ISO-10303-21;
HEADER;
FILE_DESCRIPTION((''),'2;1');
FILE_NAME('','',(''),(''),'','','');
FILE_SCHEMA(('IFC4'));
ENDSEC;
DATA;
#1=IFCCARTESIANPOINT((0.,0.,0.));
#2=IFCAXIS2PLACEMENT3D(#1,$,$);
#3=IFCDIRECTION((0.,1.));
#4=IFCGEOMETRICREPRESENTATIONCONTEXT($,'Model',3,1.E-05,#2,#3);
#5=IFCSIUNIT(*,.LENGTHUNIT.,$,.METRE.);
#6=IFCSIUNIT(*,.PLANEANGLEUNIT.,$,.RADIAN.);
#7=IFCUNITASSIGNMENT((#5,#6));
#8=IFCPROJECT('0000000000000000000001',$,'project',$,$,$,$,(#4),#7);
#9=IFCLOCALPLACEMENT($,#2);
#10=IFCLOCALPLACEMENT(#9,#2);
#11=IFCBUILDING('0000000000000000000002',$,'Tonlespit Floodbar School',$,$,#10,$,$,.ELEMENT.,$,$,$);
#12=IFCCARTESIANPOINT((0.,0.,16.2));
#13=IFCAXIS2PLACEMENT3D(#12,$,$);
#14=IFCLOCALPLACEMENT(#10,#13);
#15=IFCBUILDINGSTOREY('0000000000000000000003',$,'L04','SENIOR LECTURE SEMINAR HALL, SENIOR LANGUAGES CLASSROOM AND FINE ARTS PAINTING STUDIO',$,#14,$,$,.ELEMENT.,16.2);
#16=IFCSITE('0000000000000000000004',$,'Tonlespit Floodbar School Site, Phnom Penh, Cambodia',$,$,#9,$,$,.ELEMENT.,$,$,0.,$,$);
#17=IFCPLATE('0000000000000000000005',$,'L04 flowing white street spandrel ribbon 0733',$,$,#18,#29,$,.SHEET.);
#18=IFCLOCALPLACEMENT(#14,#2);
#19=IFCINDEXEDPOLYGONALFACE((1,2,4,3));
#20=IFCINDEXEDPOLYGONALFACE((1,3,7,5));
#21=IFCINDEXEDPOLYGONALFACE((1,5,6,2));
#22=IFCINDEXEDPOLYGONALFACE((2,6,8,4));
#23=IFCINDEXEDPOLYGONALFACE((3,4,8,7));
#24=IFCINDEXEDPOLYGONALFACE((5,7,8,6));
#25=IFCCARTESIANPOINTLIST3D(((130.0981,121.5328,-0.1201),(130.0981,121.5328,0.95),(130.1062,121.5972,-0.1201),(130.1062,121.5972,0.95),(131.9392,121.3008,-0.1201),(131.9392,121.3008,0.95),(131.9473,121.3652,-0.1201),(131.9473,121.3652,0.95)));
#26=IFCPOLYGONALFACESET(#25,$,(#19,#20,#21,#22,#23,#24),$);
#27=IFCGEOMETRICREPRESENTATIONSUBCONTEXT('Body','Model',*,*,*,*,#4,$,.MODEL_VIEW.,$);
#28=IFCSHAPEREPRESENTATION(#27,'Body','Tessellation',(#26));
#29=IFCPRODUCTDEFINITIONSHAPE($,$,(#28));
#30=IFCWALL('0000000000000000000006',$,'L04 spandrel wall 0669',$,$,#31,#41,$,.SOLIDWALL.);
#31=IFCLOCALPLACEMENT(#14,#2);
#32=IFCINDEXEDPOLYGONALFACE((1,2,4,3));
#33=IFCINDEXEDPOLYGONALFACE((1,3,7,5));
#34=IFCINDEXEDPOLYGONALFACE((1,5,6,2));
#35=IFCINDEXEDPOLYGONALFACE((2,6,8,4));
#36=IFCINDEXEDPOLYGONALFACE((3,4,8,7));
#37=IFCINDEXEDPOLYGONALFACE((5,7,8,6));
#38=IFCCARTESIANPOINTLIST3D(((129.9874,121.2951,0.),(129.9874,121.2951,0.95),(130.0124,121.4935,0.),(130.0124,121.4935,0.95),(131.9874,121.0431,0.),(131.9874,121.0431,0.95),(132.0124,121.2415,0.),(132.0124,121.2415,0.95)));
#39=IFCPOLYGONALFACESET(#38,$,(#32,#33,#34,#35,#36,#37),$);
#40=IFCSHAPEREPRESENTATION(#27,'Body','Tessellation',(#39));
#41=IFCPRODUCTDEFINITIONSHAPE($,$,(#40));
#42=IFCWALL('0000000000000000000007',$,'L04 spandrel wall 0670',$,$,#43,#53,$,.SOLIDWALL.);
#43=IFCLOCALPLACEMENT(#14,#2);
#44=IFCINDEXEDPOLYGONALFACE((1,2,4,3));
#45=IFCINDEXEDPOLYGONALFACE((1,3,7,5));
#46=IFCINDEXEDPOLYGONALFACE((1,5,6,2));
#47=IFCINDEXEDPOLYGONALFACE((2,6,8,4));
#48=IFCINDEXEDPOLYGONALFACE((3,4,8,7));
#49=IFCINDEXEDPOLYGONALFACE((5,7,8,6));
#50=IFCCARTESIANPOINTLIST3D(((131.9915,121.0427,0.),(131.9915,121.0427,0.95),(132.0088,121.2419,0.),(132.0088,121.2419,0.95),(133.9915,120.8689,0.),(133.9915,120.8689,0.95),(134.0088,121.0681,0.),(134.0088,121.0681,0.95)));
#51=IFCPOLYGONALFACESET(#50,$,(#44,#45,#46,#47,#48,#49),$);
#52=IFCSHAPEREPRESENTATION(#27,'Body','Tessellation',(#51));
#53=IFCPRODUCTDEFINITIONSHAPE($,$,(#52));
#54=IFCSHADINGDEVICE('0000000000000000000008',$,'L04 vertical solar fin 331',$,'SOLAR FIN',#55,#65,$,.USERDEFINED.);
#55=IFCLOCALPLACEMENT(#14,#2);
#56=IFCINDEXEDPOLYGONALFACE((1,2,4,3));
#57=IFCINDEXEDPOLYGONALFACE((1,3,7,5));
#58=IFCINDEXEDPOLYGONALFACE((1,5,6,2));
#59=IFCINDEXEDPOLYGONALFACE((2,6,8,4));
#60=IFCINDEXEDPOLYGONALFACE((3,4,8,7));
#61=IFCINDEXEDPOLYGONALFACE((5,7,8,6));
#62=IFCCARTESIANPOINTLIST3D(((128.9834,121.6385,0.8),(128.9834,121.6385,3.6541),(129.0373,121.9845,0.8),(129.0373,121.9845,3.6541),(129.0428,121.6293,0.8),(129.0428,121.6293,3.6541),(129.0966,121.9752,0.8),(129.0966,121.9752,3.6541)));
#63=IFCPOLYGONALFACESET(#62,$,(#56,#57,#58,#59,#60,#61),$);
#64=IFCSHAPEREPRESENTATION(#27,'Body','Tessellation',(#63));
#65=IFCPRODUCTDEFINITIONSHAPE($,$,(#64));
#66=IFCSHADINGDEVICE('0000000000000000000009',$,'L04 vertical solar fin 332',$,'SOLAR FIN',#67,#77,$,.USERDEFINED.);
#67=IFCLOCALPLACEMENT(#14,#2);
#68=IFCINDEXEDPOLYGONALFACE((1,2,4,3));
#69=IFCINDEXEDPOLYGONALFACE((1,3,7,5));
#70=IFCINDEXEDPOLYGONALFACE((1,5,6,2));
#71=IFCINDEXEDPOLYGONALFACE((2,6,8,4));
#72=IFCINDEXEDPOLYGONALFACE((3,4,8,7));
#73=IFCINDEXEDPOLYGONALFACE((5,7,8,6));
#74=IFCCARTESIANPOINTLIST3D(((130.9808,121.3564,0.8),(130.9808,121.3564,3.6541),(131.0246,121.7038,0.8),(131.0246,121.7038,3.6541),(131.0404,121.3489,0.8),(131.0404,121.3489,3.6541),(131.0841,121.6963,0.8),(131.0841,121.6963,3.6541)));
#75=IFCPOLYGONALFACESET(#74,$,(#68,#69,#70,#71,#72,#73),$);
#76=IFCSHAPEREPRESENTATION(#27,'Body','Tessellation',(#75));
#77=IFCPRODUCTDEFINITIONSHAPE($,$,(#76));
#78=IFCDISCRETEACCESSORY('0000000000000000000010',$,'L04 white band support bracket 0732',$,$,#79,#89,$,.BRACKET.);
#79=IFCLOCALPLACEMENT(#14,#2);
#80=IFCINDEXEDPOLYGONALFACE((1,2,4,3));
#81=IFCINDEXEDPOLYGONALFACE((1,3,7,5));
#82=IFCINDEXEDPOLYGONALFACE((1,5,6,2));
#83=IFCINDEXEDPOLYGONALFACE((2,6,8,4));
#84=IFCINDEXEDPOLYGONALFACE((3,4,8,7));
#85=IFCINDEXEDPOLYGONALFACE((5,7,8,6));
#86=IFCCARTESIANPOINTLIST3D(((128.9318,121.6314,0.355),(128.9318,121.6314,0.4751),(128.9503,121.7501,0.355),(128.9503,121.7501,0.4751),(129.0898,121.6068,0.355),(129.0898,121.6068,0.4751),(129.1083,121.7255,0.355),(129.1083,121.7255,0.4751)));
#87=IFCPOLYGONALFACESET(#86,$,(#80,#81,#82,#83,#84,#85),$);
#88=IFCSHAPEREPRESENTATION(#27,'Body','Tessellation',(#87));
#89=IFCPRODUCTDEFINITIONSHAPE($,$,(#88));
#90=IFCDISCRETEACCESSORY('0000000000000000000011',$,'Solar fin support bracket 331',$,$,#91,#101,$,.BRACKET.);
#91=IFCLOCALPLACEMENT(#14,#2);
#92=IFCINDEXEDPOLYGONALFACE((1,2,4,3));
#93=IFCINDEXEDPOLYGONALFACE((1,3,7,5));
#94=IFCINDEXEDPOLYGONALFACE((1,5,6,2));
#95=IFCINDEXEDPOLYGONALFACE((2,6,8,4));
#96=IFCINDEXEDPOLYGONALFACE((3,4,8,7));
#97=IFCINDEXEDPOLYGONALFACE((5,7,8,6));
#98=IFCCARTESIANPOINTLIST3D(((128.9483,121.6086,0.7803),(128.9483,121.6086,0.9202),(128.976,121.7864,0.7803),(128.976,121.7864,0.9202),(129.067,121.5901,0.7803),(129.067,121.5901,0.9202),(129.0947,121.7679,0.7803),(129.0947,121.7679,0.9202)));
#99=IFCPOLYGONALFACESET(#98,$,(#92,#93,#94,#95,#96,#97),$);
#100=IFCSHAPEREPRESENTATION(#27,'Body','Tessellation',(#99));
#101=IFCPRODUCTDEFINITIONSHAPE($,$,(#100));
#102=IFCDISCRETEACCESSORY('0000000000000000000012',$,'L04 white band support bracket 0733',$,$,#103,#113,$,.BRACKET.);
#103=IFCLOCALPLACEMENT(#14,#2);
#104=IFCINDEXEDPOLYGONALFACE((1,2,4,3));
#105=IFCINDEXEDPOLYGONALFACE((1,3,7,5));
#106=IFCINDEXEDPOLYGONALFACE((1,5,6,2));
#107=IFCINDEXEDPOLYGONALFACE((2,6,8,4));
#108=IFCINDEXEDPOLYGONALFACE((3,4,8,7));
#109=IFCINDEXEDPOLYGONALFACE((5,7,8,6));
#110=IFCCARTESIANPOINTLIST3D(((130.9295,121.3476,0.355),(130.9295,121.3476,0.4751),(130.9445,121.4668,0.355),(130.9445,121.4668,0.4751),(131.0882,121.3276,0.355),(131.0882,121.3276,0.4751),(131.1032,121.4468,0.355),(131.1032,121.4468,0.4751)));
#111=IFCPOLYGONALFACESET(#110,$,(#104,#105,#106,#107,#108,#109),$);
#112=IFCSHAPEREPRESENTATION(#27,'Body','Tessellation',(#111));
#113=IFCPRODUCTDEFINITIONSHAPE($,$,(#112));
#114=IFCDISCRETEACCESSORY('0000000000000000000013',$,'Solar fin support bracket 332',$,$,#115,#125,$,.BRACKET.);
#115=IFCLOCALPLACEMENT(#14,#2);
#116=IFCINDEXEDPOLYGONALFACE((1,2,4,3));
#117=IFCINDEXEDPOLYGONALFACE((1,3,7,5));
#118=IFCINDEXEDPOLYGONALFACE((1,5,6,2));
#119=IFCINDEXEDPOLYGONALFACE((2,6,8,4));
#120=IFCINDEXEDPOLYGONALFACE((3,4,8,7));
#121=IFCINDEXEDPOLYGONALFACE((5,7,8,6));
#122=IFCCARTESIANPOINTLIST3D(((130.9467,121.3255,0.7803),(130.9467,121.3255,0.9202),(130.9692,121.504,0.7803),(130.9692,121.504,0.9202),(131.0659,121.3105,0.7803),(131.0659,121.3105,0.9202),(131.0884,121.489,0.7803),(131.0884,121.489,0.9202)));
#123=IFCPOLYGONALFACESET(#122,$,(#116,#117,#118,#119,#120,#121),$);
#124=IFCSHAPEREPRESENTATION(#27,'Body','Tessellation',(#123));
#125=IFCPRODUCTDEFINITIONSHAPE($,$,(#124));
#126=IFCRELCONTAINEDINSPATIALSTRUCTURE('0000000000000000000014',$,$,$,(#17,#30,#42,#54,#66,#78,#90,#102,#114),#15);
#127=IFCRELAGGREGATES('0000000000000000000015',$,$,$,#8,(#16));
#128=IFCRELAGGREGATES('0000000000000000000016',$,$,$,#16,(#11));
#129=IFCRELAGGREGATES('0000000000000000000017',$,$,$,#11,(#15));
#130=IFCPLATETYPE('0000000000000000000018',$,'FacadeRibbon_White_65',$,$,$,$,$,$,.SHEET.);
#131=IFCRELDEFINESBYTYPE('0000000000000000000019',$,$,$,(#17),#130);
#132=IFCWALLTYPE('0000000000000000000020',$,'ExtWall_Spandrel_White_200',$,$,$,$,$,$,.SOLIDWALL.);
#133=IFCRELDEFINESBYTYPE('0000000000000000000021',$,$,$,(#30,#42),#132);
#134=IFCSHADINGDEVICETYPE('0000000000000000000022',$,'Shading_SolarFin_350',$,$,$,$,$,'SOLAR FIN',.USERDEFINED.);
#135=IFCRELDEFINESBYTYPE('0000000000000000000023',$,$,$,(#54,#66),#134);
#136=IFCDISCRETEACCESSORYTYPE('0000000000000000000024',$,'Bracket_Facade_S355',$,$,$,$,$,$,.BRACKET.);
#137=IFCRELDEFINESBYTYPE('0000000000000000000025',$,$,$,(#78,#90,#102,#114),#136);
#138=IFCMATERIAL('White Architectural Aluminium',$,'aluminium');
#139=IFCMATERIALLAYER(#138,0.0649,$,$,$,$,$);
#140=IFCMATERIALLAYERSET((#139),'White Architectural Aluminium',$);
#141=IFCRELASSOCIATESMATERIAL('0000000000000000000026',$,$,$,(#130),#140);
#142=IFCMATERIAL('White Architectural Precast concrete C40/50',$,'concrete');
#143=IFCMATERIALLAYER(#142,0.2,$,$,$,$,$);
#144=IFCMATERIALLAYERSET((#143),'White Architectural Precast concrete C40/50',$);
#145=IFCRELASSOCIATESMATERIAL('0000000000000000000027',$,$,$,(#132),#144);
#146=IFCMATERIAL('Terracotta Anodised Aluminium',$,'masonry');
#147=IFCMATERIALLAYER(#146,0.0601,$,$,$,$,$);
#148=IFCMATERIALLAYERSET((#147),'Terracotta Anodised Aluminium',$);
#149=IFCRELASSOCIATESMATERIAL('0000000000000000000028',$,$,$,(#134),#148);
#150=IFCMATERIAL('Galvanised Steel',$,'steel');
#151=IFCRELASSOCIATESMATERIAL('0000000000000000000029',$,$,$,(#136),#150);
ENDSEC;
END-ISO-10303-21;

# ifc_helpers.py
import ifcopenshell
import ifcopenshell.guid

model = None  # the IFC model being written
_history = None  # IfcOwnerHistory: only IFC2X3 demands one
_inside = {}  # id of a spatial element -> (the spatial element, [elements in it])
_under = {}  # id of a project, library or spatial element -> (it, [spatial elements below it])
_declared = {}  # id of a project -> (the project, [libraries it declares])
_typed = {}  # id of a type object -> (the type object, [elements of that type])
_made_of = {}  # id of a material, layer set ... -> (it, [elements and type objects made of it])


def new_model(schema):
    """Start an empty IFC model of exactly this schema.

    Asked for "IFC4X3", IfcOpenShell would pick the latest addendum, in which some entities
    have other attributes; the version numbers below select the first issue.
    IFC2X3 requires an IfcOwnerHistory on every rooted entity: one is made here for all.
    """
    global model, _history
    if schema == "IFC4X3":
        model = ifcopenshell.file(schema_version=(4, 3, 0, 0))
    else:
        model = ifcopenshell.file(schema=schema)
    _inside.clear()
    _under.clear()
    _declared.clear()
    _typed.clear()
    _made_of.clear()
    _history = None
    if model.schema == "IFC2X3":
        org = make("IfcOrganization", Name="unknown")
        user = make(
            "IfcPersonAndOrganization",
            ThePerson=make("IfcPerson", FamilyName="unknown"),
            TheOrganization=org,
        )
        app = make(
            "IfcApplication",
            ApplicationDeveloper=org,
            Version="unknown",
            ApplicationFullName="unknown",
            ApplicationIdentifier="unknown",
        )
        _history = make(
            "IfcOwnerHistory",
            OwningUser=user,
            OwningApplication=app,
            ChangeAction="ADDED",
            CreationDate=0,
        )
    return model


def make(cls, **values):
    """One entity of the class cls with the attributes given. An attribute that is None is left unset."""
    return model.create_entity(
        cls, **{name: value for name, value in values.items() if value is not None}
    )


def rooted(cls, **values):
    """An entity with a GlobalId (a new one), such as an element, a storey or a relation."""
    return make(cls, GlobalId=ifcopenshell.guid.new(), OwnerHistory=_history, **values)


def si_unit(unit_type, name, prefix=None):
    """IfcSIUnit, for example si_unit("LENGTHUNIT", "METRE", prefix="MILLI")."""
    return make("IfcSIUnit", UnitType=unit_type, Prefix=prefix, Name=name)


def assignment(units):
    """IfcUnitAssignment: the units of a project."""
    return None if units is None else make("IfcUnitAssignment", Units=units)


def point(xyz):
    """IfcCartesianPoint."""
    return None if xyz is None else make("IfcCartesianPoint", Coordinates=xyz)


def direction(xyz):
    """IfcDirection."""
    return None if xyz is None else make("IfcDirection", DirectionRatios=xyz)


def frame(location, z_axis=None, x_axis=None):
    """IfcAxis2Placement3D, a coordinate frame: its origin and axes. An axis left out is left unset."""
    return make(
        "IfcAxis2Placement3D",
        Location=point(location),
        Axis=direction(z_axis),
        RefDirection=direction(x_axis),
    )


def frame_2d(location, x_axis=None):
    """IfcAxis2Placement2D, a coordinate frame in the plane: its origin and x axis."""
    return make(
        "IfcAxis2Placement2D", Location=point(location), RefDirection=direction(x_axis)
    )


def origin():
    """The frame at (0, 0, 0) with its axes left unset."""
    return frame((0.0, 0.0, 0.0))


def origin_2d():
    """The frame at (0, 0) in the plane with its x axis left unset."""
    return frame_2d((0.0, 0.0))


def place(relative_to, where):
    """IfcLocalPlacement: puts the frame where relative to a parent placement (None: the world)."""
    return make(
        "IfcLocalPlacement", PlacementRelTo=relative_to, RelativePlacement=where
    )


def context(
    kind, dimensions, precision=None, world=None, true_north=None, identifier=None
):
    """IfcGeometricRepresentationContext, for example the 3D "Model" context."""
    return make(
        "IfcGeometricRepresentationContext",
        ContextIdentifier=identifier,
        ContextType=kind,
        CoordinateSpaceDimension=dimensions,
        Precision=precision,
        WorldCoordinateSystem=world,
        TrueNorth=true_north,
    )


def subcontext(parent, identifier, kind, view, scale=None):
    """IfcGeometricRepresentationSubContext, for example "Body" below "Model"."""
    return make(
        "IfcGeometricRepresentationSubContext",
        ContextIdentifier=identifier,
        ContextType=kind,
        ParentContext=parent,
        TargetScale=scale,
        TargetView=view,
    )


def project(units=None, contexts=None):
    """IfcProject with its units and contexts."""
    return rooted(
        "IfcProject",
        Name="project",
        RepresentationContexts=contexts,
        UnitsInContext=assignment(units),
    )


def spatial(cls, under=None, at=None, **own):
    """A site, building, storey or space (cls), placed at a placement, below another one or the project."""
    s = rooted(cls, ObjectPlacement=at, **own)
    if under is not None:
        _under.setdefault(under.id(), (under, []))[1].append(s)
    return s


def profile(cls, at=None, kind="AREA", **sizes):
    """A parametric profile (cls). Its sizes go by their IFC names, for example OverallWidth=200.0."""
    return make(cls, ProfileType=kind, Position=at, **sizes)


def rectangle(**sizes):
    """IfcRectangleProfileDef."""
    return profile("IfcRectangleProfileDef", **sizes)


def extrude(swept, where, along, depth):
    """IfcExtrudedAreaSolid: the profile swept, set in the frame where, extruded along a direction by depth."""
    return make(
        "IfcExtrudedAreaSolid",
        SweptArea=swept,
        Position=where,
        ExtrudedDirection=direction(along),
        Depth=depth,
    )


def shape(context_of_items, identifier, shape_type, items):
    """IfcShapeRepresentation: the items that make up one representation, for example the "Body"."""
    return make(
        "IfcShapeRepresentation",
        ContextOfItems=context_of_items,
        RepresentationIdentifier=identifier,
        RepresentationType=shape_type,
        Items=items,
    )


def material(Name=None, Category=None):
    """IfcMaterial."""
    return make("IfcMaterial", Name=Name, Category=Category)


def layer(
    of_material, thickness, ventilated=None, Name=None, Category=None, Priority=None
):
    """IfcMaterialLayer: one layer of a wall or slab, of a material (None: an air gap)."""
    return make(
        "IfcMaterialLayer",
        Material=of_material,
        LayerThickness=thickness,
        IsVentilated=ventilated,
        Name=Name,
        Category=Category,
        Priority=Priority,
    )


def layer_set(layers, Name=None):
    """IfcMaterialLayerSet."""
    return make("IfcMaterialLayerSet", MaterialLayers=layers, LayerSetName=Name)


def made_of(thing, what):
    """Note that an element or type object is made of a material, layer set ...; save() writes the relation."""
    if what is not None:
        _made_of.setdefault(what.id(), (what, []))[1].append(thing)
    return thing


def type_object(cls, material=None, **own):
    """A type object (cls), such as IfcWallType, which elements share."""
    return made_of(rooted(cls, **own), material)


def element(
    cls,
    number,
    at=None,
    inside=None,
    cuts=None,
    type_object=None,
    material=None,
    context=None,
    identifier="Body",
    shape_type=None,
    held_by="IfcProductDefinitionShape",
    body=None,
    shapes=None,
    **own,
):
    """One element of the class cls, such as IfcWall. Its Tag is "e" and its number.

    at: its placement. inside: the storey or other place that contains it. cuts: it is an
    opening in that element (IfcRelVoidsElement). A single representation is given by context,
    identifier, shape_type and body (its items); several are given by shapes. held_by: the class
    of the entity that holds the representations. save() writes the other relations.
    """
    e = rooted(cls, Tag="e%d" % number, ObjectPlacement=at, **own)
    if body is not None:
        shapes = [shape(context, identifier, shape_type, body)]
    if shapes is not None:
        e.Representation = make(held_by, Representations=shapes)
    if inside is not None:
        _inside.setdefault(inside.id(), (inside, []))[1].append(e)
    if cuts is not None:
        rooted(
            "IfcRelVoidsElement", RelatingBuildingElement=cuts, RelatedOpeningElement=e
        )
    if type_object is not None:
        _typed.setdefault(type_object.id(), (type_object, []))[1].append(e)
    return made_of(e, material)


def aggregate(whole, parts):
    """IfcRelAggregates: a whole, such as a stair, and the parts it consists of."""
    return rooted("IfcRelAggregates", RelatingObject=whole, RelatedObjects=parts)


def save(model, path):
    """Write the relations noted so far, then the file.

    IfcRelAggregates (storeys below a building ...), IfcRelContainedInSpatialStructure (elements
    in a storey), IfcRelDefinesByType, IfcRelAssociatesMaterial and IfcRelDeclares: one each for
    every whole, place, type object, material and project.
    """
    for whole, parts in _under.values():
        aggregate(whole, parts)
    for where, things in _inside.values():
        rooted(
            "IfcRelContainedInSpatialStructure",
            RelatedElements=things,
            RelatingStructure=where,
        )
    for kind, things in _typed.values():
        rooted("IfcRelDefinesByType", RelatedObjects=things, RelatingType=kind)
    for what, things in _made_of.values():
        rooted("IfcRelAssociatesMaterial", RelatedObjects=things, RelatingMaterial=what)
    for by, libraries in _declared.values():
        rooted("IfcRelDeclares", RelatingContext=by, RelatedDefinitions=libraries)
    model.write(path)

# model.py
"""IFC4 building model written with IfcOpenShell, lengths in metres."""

from ifc_helpers import new_model, si_unit, direction, frame, frame_2d, origin, origin_2d, place, context, subcontext, project, spatial, rectangle, extrude, material, layer, layer_set, type_object, element, save


model = new_model("IFC4")

# Units and contexts
model_context = context("Model", 3, precision=1e-05, world=origin(), true_north=direction((0.0, 1.0)))
body_context = subcontext(model_context, "Body", "Model", "MODEL_VIEW")
ifc_project = project(units=[si_unit("LENGTHUNIT", "METRE"), si_unit("PLANEANGLEUNIT", "RADIAN")], contexts=[model_context])

# Site, building, storey
site_placement = place(None, origin())
site = spatial("IfcSite", under=ifc_project, at=site_placement, Name="Tonlespit Floodbar School Site, Phnom Penh, Cambodia", CompositionType="ELEMENT", RefElevation=0.0)
building_placement = place(site_placement, origin())
building = spatial("IfcBuilding", under=site, at=building_placement, Name="Tonlespit Floodbar School", CompositionType="ELEMENT")
storey_placement = place(building_placement, frame((0.0, 0.0, 16.2)))
storey = spatial("IfcBuildingStorey", under=building, at=storey_placement, Name="L04", Description="SENIOR LECTURE SEMINAR HALL, SENIOR LANGUAGES CLASSROOM AND FINE ARTS PAINTING STUDIO", CompositionType="ELEMENT", Elevation=16.2)

# Plate
ifc_material_1 = material(Name="White Architectural Aluminium", Category="aluminium")
ifc_layer_1 = layer(ifc_material_1, 0.0649)
ifc_layer_set_1 = layer_set([ifc_layer_1], Name="White Architectural Aluminium")
plate_type_1 = type_object("IfcPlateType", Name="FacadeRibbon_White_65", PredefinedType="SHEET", material=ifc_layer_set_1)
plate_1_placement = place(storey_placement, frame((131.0227, 121.449, -0.1201), z_axis=(0.0, 0.0, 1.0), x_axis=(0.992155, -0.125011, 0.0)))
element("IfcPlate", 1, at=plate_1_placement, inside=storey, type_object=plate_type_1, Name="L04 flowing white street spandrel ribbon 0733", PredefinedType="SHEET", context=body_context, shape_type="SweptSolid", body=[
    extrude(rectangle(XDim=1.8557, YDim=0.0649, at=origin_2d()), origin(), (0.0, 0.0, 1.0), 1.0701),
])

# Walls
ifc_material_2 = material(Name="White Architectural Precast concrete C40/50", Category="concrete")
ifc_layer_2 = layer(ifc_material_2, 0.2)
ifc_layer_set_2 = layer_set([ifc_layer_2], Name="White Architectural Precast concrete C40/50")
wall_type = type_object("IfcWallType", Name="ExtWall_Spandrel_White_200", PredefinedType="SOLIDWALL", material=ifc_layer_set_2)
wall_1_placement = place(storey_placement, frame((130.0, 121.3943, 0.0), z_axis=(0.0, 0.0, 1.0), x_axis=(0.992158, -0.124989, 0.0)))
element("IfcWall", 2, at=wall_1_placement, inside=storey, type_object=wall_type, Name="L04 spandrel wall 0669", PredefinedType="SOLIDWALL", context=body_context, shape_type="SweptSolid", body=[
    extrude(rectangle(XDim=2.0159, YDim=0.2, at=frame_2d((1.0078, 0.0))), origin(), (0.0, 0.0, 1.0), 0.95),
])
wall_2_placement = place(storey_placement, frame((132.0, 121.1423, 0.0), z_axis=(0.0, 0.0, 1.0), x_axis=(0.996244, -0.086588, 0.0)))
element("IfcWall", 3, at=wall_2_placement, inside=storey, type_object=wall_type, Name="L04 spandrel wall 0670", PredefinedType="SOLIDWALL", context=body_context, shape_type="SweptSolid", body=[
    extrude(rectangle(XDim=2.0076, YDim=0.2, at=frame_2d((1.0039, 0.0))), origin(), (0.0, 0.0, 1.0), 0.95),
])

# Shading devices
ifc_material_3 = material(Name="Terracotta Anodised Aluminium", Category="masonry")
ifc_layer_3 = layer(ifc_material_3, 0.0601)
ifc_layer_set_3 = layer_set([ifc_layer_3], Name="Terracotta Anodised Aluminium")
shading_device_type = type_object("IfcShadingDeviceType", Name="Shading_SolarFin_350", ElementType="SOLAR FIN", PredefinedType="USERDEFINED", material=ifc_layer_set_3)
for number, where, z_axis, x_axis, name in (
    (4, (129.04, 121.8069, 0.8), (0.0, 0.0, 1.0), (0.988095, -0.153846, 0.0), "L04 vertical solar fin 331"),
    (5, (131.0325, 121.5264, 0.8), (0.0, 0.0, 1.0), (0.992155, -0.125011, 0.0), "L04 vertical solar fin 332"),
):
    element("IfcShadingDevice", number, at=place(storey_placement, frame(where, z_axis=z_axis, x_axis=x_axis)), inside=storey, type_object=shading_device_type, Name=name, ObjectType="SOLAR FIN", PredefinedType="USERDEFINED", context=body_context, shape_type="SweptSolid", body=[
        extrude(rectangle(XDim=0.0601, YDim=0.3501, at=origin_2d()), origin(), (0.0, 0.0, 1.0), 2.854),
    ])

# Discrete accessories
ifc_material_4 = material(Name="Galvanised Steel", Category="steel")
discrete_accessory_type = type_object("IfcDiscreteAccessoryType", Name="Bracket_Facade_S355", PredefinedType="BRACKET", material=ifc_material_4)
discrete_accessory_1_placement = place(storey_placement, frame((129.02, 121.6785, 0.355), z_axis=(0.0, 0.0, 1.0), x_axis=(0.988095, -0.153846, 0.0)))
element("IfcDiscreteAccessory", 6, at=discrete_accessory_1_placement, inside=storey, type_object=discrete_accessory_type, Name="L04 white band support bracket 0732", PredefinedType="BRACKET", context=body_context, shape_type="SweptSolid", body=[
    extrude(rectangle(XDim=0.1599, YDim=0.1201, at=origin_2d()), origin(), (0.0, 0.0, 1.0), 0.1201),
])
discrete_accessory_2_placement = place(storey_placement, frame((129.0215, 121.6882, 0.7803), z_axis=(0.0, 0.0, 1.0), x_axis=(0.988095, -0.153846, 0.0)))
element("IfcDiscreteAccessory", 7, at=discrete_accessory_2_placement, inside=storey, type_object=discrete_accessory_type, Name="Solar fin support bracket 331", PredefinedType="BRACKET", context=body_context, shape_type="SweptSolid", body=[
    extrude(rectangle(XDim=0.1201, YDim=0.1799, at=origin_2d()), origin(), (0.0, 0.0, 1.0), 0.1399),
])
discrete_accessory_3_placement = place(storey_placement, frame((131.0164, 121.3972, 0.355), z_axis=(0.0, 0.0, 1.0), x_axis=(0.992155, -0.125011, 0.0)))
element("IfcDiscreteAccessory", 8, at=discrete_accessory_3_placement, inside=storey, type_object=discrete_accessory_type, Name="L04 white band support bracket 0733", PredefinedType="BRACKET", context=body_context, shape_type="SweptSolid", body=[
    extrude(rectangle(XDim=0.1599, YDim=0.1201, at=origin_2d()), origin(), (0.0, 0.0, 1.0), 0.1201),
])
discrete_accessory_4_placement = place(storey_placement, frame((131.0176, 121.4072, 0.7803), z_axis=(0.0, 0.0, 1.0), x_axis=(0.992155, -0.125011, 0.0)))
element("IfcDiscreteAccessory", 9, at=discrete_accessory_4_placement, inside=storey, type_object=discrete_accessory_type, Name="Solar fin support bracket 332", PredefinedType="BRACKET", context=body_context, shape_type="SweptSolid", body=[
    extrude(rectangle(XDim=0.1201, YDim=0.1799, at=origin_2d()), origin(), (0.0, 0.0, 1.0), 0.1399),
])

save(model, "model.ifc")
